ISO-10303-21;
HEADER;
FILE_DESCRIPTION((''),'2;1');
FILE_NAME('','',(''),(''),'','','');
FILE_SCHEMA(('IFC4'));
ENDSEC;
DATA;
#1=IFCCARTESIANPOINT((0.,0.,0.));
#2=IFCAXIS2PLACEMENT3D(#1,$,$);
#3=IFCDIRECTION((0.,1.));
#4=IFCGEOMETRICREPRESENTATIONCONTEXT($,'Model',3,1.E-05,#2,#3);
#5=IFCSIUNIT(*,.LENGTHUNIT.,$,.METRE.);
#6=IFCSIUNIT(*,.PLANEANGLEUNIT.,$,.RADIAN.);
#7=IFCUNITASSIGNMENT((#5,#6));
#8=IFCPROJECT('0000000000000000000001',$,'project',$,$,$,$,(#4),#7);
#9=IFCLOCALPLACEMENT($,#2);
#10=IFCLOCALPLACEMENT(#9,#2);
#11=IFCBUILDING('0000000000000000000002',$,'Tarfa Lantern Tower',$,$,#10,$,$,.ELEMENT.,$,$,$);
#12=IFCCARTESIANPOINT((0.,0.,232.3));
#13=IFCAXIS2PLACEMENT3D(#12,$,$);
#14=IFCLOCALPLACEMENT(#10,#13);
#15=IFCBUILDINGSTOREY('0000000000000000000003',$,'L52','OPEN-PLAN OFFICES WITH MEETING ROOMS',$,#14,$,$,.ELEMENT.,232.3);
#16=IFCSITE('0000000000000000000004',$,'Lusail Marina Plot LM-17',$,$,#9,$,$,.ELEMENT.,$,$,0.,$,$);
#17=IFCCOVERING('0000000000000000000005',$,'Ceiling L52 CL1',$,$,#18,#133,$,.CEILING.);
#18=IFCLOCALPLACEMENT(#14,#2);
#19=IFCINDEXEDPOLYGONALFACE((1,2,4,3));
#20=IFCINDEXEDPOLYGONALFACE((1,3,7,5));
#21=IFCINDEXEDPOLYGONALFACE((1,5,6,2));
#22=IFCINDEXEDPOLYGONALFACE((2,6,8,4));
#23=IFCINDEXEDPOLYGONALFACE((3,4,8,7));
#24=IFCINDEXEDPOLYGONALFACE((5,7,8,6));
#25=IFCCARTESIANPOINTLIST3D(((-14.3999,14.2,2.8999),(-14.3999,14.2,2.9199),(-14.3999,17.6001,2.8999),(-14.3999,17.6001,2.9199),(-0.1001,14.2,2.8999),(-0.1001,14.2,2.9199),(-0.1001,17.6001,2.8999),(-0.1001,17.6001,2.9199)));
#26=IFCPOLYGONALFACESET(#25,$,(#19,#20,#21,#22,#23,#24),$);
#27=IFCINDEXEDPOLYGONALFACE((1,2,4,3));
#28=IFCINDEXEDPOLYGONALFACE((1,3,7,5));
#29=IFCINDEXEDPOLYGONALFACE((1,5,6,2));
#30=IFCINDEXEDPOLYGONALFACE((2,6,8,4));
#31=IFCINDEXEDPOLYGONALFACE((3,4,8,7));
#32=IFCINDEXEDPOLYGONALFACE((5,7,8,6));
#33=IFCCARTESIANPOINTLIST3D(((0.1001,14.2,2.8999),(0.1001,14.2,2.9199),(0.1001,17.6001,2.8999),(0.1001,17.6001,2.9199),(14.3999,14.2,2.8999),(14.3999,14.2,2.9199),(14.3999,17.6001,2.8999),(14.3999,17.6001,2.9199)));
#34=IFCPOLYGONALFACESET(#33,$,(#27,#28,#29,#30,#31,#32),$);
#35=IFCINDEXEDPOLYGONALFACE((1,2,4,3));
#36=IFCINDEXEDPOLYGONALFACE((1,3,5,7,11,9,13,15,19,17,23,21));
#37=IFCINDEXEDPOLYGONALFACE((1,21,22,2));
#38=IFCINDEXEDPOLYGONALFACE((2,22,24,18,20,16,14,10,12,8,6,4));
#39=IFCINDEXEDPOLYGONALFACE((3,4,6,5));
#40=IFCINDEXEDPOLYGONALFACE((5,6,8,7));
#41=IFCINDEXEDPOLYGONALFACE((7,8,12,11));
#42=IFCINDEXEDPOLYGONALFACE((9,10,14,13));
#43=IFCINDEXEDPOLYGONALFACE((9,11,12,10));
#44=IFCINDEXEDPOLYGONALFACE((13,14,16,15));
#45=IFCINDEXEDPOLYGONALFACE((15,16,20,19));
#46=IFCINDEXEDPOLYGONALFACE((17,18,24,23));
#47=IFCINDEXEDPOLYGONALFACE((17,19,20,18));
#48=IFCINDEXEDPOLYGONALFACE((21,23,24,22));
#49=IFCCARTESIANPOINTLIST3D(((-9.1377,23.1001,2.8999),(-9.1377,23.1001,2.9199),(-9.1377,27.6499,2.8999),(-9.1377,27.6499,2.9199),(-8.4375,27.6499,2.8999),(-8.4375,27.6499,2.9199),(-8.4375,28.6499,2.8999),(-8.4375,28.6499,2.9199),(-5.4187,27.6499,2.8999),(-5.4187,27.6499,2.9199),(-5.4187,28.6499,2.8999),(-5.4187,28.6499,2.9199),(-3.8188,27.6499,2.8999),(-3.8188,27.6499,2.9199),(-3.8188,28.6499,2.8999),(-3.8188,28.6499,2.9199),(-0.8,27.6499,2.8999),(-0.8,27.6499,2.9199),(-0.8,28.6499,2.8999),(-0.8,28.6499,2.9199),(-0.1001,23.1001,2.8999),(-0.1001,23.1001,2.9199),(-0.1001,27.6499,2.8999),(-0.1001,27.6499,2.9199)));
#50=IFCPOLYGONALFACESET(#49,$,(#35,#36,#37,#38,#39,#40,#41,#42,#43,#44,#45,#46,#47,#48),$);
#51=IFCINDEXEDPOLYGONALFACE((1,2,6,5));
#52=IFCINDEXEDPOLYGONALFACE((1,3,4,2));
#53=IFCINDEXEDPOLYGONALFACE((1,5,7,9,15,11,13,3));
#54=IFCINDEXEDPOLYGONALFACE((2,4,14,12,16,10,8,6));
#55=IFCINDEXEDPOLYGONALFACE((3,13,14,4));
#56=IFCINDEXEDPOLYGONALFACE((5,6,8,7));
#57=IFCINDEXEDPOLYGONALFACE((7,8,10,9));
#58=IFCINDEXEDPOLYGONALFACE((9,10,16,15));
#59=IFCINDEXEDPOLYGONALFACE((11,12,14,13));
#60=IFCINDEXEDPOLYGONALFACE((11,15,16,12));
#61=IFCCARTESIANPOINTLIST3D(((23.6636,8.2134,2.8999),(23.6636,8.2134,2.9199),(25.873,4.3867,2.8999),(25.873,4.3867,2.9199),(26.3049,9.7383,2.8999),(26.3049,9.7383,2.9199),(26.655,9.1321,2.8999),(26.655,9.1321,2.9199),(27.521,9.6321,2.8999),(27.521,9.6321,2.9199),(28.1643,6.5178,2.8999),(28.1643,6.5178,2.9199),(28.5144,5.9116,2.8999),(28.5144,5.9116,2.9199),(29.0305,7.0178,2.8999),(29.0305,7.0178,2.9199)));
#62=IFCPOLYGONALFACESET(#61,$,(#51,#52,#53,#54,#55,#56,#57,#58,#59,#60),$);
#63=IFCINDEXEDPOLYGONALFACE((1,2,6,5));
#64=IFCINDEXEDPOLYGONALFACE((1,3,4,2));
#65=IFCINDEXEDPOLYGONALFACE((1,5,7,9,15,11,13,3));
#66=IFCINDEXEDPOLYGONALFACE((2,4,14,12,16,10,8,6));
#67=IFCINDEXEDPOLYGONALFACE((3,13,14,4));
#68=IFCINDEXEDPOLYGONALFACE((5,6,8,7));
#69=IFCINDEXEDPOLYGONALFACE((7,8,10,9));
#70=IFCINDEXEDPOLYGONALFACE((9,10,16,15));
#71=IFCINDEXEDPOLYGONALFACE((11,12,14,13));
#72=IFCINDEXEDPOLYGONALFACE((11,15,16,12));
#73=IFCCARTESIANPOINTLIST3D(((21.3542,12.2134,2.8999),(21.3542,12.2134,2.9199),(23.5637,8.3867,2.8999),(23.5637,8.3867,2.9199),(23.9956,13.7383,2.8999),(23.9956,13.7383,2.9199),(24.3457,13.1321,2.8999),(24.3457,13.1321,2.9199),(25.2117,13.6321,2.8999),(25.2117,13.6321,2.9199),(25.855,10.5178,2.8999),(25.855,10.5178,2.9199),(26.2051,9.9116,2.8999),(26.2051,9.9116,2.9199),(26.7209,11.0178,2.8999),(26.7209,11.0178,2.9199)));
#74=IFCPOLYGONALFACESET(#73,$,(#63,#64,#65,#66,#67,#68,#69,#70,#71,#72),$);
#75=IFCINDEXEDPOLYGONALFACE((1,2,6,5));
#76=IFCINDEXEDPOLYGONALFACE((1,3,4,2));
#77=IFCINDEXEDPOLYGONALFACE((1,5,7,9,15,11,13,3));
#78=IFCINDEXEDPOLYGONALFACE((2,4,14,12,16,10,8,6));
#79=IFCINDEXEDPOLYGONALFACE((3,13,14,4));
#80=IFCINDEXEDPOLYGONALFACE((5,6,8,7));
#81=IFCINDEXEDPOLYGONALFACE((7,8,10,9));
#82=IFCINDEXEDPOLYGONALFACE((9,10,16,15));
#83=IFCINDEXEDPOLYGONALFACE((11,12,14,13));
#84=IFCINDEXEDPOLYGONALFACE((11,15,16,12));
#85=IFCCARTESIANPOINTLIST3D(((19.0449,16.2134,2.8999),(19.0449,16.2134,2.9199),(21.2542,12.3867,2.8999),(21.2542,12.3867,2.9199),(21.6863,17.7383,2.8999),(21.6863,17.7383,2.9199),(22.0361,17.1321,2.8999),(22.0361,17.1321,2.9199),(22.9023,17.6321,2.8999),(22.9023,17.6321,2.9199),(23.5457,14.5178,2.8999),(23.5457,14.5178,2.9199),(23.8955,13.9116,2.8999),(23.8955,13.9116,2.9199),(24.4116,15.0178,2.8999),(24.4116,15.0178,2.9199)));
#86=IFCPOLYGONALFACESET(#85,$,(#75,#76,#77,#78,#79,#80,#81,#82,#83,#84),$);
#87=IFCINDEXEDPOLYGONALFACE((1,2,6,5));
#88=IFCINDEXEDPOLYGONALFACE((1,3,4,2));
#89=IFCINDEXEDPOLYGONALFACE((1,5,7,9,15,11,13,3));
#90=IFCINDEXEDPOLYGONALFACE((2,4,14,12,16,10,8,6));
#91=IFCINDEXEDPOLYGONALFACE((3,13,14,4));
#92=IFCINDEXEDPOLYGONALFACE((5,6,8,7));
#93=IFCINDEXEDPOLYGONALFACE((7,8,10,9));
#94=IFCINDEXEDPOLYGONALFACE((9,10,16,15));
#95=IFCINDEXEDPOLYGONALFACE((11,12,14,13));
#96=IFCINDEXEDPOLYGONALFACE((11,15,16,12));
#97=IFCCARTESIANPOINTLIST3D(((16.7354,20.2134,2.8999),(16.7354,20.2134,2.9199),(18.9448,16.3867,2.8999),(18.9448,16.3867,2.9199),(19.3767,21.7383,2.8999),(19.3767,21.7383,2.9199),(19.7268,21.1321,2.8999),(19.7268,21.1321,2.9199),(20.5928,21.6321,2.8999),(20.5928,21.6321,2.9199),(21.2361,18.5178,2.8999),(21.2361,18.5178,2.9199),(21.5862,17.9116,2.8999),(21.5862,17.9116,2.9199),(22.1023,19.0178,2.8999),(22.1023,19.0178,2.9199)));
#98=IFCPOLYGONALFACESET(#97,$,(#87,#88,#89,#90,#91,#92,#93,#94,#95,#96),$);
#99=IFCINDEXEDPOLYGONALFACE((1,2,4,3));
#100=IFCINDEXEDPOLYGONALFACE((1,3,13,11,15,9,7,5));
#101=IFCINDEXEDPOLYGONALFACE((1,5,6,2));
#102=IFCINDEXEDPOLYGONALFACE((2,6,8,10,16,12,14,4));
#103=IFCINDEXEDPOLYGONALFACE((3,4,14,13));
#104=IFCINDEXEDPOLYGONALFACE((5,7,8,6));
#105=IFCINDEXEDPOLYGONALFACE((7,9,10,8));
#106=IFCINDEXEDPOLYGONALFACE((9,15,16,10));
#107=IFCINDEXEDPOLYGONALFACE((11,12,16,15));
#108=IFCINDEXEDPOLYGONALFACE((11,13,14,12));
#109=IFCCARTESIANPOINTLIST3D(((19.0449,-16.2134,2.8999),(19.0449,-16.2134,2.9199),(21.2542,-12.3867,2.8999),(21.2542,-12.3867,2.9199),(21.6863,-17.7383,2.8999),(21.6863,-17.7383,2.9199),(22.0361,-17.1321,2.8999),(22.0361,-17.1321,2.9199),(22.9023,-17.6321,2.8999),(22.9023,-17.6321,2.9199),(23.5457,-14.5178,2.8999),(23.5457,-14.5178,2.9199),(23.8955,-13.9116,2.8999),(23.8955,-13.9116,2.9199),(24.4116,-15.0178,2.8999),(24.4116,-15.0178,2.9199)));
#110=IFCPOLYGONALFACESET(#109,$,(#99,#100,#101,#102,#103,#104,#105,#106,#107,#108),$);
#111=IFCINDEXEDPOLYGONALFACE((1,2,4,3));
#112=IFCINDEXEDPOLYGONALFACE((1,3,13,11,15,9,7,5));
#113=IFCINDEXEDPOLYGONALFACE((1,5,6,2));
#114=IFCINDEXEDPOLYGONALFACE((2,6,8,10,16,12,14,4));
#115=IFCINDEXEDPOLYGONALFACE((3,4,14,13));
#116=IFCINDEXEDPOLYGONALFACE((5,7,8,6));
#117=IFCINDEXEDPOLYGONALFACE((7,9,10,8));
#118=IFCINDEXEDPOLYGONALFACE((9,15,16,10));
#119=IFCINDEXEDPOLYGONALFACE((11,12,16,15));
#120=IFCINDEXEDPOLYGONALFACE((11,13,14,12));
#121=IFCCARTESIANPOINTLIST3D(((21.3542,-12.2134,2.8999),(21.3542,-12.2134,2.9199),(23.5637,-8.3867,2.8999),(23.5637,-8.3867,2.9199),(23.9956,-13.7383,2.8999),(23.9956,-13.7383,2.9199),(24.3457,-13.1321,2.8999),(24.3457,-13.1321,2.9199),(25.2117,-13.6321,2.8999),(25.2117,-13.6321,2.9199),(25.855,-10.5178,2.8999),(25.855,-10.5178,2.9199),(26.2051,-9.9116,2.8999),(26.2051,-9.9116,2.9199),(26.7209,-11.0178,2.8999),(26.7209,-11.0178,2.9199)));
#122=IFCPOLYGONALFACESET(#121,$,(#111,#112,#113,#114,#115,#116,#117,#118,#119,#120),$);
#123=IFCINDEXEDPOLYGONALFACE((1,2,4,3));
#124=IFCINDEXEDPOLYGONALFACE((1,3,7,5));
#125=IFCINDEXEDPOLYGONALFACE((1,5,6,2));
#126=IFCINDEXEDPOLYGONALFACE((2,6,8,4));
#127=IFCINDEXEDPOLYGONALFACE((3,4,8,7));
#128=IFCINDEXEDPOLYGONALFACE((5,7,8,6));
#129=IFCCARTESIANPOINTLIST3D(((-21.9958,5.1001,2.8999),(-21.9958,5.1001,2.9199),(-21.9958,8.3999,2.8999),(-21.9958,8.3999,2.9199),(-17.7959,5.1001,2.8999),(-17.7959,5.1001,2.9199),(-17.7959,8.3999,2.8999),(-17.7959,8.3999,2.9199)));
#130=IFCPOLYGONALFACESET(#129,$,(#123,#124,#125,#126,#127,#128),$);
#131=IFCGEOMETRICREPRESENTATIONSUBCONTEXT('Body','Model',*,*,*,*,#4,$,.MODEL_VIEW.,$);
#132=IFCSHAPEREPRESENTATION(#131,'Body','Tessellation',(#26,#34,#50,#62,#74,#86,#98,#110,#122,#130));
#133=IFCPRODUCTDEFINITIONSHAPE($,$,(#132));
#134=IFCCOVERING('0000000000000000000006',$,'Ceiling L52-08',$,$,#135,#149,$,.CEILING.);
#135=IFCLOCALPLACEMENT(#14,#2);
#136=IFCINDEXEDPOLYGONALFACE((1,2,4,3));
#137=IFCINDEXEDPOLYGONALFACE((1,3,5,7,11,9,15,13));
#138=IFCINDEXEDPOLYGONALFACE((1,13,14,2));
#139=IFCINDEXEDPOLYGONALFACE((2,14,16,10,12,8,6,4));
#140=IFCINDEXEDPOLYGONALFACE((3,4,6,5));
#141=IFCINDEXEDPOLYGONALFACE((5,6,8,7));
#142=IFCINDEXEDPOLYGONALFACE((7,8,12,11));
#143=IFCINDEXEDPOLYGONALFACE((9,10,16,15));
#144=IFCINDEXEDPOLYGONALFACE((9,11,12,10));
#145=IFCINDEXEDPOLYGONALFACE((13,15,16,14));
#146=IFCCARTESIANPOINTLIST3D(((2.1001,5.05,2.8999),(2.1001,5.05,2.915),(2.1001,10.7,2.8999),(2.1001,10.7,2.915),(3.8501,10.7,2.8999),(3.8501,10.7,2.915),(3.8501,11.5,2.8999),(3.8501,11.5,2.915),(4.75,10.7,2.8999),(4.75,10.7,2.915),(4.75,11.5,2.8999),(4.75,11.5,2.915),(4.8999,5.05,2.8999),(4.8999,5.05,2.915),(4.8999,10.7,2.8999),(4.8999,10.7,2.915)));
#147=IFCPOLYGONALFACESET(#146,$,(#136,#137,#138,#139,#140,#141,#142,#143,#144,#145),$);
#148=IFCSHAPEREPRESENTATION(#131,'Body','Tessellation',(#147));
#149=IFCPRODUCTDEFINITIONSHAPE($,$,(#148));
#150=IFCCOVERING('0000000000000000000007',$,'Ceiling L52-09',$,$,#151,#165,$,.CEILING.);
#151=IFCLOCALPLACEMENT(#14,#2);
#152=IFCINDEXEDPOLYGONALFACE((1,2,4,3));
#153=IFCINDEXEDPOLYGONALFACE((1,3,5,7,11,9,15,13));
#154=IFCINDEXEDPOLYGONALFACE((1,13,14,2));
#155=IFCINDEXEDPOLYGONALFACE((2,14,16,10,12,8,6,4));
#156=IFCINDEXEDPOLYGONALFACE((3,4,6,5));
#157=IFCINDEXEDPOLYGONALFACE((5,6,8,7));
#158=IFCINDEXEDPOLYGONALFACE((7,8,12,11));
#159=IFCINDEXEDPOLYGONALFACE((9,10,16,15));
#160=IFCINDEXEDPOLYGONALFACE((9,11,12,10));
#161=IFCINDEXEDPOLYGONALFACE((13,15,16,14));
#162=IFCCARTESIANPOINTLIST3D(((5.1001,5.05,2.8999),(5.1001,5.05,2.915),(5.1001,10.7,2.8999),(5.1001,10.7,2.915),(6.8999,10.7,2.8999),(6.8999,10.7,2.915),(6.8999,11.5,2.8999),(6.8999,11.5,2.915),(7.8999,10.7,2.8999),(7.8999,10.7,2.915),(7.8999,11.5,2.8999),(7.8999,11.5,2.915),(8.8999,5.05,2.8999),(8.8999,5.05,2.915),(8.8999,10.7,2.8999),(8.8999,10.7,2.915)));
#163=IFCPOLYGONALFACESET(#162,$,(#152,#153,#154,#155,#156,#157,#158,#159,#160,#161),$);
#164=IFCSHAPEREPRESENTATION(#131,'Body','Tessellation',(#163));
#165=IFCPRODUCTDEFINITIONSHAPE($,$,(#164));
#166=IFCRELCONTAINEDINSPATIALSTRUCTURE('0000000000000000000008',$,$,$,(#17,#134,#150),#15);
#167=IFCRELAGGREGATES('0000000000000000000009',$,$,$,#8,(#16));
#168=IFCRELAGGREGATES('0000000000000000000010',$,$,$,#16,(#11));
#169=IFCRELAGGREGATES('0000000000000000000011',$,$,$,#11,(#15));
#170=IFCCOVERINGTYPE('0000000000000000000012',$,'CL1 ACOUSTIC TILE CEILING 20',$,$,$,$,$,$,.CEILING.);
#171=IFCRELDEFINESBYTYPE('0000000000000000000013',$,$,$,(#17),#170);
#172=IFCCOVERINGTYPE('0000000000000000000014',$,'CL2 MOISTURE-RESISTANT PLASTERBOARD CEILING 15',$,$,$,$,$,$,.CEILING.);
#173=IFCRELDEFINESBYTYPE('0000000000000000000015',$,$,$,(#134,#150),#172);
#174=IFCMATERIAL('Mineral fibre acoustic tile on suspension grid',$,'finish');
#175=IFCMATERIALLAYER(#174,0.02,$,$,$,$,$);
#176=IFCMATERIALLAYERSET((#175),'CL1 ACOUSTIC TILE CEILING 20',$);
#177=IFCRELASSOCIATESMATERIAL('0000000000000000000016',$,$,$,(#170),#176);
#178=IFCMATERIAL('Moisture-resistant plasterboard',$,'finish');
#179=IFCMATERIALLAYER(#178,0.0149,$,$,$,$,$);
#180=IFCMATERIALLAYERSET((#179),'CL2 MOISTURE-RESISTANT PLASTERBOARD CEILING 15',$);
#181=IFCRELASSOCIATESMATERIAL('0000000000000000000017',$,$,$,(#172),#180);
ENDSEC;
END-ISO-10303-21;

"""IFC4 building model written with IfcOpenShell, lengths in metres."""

from ifc_helpers import new_model, si_unit, direction, frame, origin, place, context, subcontext, project, spatial, polyline, outline, extrude, material, layer, layer_set, type_object, element, save


model = new_model("IFC4")

# Units and contexts
model_context = context("Model", 3, precision=1e-05, world=origin(), true_north=direction((0.0, 1.0)))
body_context = subcontext(model_context, "Body", "Model", "MODEL_VIEW")
ifc_project = project(units=[si_unit("LENGTHUNIT", "METRE"), si_unit("PLANEANGLEUNIT", "RADIAN")], contexts=[model_context])

# Site, building, storey
site_placement = place(None, origin())
site = spatial("IfcSite", under=ifc_project, at=site_placement, Name="Lusail Marina Plot LM-17", CompositionType="ELEMENT", RefElevation=0.0)
building_placement = place(site_placement, origin())
building = spatial("IfcBuilding", under=site, at=building_placement, Name="Tarfa Lantern Tower", CompositionType="ELEMENT")
storey_placement = place(building_placement, frame((0.0, 0.0, 232.3)))
storey = spatial("IfcBuildingStorey", under=building, at=storey_placement, Name="L52", Description="OPEN-PLAN OFFICES WITH MEETING ROOMS", CompositionType="ELEMENT", Elevation=232.3)

# Coverings
ifc_material_1 = material(Name="Mineral fibre acoustic tile on suspension grid", Category="finish")
ifc_layer_1 = layer(ifc_material_1, 0.02)
ifc_layer_set_1 = layer_set([ifc_layer_1], Name="CL1 ACOUSTIC TILE CEILING 20")
covering_type_1 = type_object("IfcCoveringType", Name="CL1 ACOUSTIC TILE CEILING 20", PredefinedType="CEILING", material=ifc_layer_set_1)
covering_1_placement = place(storey_placement, frame((0.0, 0.0, 2.8999)))
element("IfcCovering", 1, at=covering_1_placement, inside=storey, type_object=covering_type_1, Name="Ceiling L52 CL1", PredefinedType="CEILING", context=body_context, shape_type="SweptSolid", body=[
    extrude(outline(polyline([(-14.3999, 17.6001), (-0.1001, 17.6001), (-0.1001, 14.2), (-14.3999, 14.2), (-14.3999, 17.6001)])), origin(), (0.0, 0.0, 1.0), 0.02),
    extrude(outline(polyline([(0.1001, 17.6001), (14.3999, 17.6001), (14.3999, 14.2), (0.1001, 14.2), (0.1001, 17.6001)])), origin(), (0.0, 0.0, 1.0), 0.02),
    extrude(outline(polyline([(-0.1001, 23.1001), (-9.1377, 23.1001), (-9.1377, 27.6499), (-8.4375, 27.6499), (-8.4375, 28.6499), (-5.4187, 28.6499), (-5.4187, 27.6499), (-3.8188, 27.6499), (-3.8188, 28.6499), (-0.8, 28.6499), (-0.8, 27.6499), (-0.1001, 27.6499), (-0.1001, 23.1001)])), origin(), (0.0, 0.0, 1.0), 0.02),
    extrude(outline(polyline([(23.6636, 8.2134), (26.3049, 9.7383), (26.655, 9.1321), (27.521, 9.6321), (29.0305, 7.0178), (28.1643, 6.5178), (28.5144, 5.9116), (25.873, 4.3867), (23.6636, 8.2134)])), origin(), (0.0, 0.0, 1.0), 0.02),
    extrude(outline(polyline([(21.3542, 12.2134), (23.9956, 13.7383), (24.3457, 13.1321), (25.2117, 13.6321), (26.7209, 11.0178), (25.855, 10.5178), (26.2051, 9.9116), (23.5637, 8.3867), (21.3542, 12.2134)])), origin(), (0.0, 0.0, 1.0), 0.02),
    extrude(outline(polyline([(19.0449, 16.2134), (21.6863, 17.7383), (22.0361, 17.1321), (22.9023, 17.6321), (24.4116, 15.0178), (23.5457, 14.5178), (23.8955, 13.9116), (21.2542, 12.3867), (19.0449, 16.2134)])), origin(), (0.0, 0.0, 1.0), 0.02),
    extrude(outline(polyline([(16.7354, 20.2134), (19.3767, 21.7383), (19.7268, 21.1321), (20.5928, 21.6321), (22.1023, 19.0178), (21.2361, 18.5178), (21.5862, 17.9116), (18.9448, 16.3867), (16.7354, 20.2134)])), origin(), (0.0, 0.0, 1.0), 0.02),
    extrude(outline(polyline([(21.2542, -12.3867), (23.8955, -13.9116), (23.5457, -14.5178), (24.4116, -15.0178), (22.9023, -17.6321), (22.0361, -17.1321), (21.6863, -17.7383), (19.0449, -16.2134), (21.2542, -12.3867)])), origin(), (0.0, 0.0, 1.0), 0.02),
    extrude(outline(polyline([(23.5637, -8.3867), (26.2051, -9.9116), (25.855, -10.5178), (26.7209, -11.0178), (25.2117, -13.6321), (24.3457, -13.1321), (23.9956, -13.7383), (21.3542, -12.2134), (23.5637, -8.3867)])), origin(), (0.0, 0.0, 1.0), 0.02),
    extrude(outline(polyline([(-21.9958, 8.3999), (-17.7959, 8.3999), (-17.7959, 5.1001), (-21.9958, 5.1001), (-21.9958, 8.3999)])), origin(), (0.0, 0.0, 1.0), 0.02),
])
ifc_material_2 = material(Name="Moisture-resistant plasterboard", Category="finish")
ifc_layer_2 = layer(ifc_material_2, 0.0149)
ifc_layer_set_2 = layer_set([ifc_layer_2], Name="CL2 MOISTURE-RESISTANT PLASTERBOARD CEILING 15")
covering_type_2 = type_object("IfcCoveringType", Name="CL2 MOISTURE-RESISTANT PLASTERBOARD CEILING 15", PredefinedType="CEILING", material=ifc_layer_set_2)
covering_2_placement = place(storey_placement, frame((0.0, 0.0, 2.8999)))
element("IfcCovering", 2, at=covering_2_placement, inside=storey, type_object=covering_type_2, Name="Ceiling L52-08", PredefinedType="CEILING", context=body_context, shape_type="SweptSolid", body=[
    extrude(outline(polyline([(2.1001, 5.05), (4.8999, 5.05), (4.8999, 10.7), (4.75, 10.7), (4.75, 11.5), (3.8501, 11.5), (3.8501, 10.7), (2.1001, 10.7), (2.1001, 5.05)])), origin(), (0.0, 0.0, 1.0), 0.0151),
])
covering_3_placement = place(storey_placement, frame((0.0, 0.0, 2.8999)))
element("IfcCovering", 3, at=covering_3_placement, inside=storey, type_object=covering_type_2, Name="Ceiling L52-09", PredefinedType="CEILING", context=body_context, shape_type="SweptSolid", body=[
    extrude(outline(polyline([(5.1001, 5.05), (8.8999, 5.05), (8.8999, 10.7), (7.8999, 10.7), (7.8999, 11.5), (6.8999, 11.5), (6.8999, 10.7), (5.1001, 10.7), (5.1001, 5.05)])), origin(), (0.0, 0.0, 1.0), 0.0151),
])

save(model, "model.ifc")
